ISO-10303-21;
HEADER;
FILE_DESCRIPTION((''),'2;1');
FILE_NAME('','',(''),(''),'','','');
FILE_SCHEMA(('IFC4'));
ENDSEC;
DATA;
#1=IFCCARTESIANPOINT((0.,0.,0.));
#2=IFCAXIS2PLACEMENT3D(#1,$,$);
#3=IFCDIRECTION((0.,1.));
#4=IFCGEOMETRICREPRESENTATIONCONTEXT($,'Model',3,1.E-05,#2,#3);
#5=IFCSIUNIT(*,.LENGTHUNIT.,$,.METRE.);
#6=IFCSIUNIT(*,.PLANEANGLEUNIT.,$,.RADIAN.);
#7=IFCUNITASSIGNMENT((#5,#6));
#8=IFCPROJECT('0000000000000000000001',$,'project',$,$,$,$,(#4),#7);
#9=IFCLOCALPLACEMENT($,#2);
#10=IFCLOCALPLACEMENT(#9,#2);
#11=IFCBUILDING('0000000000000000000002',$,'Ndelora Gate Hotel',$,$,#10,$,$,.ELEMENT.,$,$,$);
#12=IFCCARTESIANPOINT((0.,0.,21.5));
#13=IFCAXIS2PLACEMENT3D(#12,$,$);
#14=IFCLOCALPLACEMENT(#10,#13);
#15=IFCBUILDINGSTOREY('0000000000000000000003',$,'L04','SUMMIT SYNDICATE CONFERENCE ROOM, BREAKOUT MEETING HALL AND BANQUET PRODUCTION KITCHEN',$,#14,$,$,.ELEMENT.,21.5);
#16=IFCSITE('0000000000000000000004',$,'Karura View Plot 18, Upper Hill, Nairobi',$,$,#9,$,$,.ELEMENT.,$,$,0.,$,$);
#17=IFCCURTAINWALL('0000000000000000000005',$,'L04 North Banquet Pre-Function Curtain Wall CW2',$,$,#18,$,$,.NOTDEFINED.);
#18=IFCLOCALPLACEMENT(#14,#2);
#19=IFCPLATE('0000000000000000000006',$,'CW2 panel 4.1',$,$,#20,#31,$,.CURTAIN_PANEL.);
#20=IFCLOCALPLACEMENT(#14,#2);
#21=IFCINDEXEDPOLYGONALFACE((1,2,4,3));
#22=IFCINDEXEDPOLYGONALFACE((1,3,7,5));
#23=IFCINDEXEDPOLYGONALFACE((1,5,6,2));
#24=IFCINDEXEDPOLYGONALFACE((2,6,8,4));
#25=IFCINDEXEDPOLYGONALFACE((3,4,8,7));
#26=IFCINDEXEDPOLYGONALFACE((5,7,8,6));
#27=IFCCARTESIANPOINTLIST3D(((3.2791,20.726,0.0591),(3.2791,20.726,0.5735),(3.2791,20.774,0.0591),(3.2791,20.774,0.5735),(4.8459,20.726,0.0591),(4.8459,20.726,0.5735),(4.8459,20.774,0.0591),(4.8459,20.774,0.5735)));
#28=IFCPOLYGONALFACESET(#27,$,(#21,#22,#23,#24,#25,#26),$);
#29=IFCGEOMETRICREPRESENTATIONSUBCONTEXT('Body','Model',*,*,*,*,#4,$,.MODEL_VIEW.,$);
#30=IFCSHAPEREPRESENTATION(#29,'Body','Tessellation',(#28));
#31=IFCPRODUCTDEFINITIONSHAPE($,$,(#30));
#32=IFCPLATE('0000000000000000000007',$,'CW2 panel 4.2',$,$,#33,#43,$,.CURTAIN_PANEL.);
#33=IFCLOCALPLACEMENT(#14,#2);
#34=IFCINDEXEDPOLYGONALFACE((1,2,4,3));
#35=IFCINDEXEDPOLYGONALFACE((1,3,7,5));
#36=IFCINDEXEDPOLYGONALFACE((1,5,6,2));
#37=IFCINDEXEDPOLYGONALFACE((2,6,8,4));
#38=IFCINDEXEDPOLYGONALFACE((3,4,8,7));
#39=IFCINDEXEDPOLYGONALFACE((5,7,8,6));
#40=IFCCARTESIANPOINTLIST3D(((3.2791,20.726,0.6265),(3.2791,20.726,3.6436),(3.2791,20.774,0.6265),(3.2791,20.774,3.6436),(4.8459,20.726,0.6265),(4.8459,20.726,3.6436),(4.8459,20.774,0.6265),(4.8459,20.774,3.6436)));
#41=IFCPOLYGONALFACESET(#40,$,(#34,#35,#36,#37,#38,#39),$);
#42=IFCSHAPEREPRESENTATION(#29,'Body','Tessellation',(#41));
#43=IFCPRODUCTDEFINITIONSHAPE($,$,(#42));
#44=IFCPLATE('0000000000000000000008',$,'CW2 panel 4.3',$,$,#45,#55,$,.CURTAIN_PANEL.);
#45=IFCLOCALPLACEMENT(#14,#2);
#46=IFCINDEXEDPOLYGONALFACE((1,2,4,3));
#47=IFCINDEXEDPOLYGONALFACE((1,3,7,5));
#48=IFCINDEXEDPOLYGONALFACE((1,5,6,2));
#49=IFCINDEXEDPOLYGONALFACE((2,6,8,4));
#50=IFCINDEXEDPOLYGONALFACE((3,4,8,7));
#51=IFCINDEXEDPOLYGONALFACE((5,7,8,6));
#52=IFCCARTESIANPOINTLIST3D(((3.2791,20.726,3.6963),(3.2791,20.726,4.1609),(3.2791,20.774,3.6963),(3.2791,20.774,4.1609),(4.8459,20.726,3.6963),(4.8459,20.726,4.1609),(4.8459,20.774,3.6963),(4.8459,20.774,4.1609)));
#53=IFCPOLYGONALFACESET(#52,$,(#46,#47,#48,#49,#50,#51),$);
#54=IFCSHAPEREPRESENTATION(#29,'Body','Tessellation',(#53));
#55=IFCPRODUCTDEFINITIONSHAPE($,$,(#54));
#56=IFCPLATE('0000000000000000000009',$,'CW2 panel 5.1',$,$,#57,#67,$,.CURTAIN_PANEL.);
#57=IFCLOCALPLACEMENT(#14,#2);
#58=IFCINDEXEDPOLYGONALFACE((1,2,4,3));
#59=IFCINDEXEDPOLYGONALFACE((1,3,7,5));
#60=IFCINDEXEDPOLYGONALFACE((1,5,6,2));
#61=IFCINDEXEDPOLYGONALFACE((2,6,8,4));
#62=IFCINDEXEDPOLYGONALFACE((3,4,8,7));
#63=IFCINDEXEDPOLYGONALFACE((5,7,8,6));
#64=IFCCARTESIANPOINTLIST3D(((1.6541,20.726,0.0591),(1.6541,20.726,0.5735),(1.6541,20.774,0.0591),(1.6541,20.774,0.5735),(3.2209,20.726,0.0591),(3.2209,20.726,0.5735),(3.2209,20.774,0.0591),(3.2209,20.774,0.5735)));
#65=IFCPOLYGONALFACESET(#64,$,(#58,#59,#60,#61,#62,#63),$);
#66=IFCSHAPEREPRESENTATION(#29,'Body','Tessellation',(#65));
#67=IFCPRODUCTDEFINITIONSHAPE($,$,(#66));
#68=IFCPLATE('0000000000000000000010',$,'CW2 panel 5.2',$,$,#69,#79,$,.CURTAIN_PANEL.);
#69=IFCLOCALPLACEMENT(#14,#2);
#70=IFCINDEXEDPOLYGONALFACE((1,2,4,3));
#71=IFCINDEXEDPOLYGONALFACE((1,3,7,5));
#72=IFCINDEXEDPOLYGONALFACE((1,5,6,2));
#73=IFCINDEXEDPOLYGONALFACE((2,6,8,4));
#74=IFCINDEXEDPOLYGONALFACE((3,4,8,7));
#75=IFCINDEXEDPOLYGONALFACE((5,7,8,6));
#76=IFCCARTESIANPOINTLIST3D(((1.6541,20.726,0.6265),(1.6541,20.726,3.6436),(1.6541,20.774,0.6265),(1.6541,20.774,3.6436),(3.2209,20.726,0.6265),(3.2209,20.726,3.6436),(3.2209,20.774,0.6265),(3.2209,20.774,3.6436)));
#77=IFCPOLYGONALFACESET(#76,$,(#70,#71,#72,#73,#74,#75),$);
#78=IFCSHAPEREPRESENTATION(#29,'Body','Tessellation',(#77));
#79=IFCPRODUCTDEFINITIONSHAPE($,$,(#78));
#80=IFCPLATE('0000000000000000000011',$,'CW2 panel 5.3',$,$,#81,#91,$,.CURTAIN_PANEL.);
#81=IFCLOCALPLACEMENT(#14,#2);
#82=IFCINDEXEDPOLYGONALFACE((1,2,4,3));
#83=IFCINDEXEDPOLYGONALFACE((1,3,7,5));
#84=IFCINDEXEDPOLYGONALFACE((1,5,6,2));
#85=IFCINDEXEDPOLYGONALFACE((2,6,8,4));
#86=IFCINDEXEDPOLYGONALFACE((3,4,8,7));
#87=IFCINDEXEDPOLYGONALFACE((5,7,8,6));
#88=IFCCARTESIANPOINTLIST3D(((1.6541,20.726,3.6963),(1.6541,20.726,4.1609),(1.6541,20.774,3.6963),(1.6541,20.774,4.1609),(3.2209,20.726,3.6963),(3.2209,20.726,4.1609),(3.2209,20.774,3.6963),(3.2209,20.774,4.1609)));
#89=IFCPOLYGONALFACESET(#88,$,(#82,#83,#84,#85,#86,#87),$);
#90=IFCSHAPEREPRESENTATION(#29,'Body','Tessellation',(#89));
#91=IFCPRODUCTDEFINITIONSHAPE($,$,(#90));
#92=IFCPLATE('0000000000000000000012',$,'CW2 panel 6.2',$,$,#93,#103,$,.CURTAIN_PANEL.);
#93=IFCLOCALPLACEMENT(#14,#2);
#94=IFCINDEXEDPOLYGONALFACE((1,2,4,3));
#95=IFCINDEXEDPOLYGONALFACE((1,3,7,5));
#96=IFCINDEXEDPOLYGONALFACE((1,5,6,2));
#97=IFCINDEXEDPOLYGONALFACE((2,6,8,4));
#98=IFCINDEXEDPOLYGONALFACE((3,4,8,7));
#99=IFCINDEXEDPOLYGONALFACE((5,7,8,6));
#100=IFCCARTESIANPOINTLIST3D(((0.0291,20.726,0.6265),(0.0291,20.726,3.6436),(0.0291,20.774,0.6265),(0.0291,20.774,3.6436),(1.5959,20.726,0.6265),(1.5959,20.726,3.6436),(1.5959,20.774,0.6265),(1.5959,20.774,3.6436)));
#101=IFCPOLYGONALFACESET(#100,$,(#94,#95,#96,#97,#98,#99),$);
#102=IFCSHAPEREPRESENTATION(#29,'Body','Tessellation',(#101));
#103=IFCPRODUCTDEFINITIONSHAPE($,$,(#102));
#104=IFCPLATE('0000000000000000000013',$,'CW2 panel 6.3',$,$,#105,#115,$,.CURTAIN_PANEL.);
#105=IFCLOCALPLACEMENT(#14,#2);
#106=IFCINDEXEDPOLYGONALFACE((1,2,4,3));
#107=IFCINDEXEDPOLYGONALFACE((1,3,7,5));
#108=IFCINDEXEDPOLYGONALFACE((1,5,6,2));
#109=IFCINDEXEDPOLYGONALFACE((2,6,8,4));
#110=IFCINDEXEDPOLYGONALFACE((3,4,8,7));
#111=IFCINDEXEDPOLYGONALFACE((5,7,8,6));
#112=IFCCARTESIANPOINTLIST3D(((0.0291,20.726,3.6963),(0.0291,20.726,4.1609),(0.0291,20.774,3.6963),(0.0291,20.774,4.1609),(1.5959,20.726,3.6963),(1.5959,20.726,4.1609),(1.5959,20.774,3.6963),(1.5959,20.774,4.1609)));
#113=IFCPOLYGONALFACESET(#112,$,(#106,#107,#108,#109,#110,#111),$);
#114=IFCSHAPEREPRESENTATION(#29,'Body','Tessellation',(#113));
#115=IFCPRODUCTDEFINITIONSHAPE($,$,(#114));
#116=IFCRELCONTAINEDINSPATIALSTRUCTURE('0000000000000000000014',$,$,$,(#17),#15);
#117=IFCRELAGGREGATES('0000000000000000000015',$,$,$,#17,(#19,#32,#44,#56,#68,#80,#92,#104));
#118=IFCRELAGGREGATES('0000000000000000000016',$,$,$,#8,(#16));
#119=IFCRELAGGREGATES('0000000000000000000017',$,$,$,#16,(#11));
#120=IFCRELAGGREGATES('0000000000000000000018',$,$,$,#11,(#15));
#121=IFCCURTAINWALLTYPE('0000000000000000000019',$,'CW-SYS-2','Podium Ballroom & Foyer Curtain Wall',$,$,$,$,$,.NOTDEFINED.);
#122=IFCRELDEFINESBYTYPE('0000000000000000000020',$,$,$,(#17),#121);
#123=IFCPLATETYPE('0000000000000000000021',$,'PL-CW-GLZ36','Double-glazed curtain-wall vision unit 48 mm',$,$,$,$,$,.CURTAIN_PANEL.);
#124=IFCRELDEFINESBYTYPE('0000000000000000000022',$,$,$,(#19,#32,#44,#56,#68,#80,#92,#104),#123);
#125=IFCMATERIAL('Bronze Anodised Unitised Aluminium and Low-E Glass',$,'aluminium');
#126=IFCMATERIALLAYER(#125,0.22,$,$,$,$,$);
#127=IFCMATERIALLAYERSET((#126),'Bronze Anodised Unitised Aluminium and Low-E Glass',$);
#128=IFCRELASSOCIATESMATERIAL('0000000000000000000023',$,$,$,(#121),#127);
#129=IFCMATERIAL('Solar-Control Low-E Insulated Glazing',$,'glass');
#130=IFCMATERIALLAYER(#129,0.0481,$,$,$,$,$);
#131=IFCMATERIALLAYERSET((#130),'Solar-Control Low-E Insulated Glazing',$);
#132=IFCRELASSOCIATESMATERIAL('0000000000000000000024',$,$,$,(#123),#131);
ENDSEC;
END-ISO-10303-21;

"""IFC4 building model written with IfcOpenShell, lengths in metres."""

from ifc_helpers import new_model, si_unit, direction, frame, origin, origin_2d, place, context, subcontext, project, spatial, rectangle, extrude, material, layer, layer_set, type_object, element, aggregate, save


model = new_model("IFC4")

# Units and contexts
model_context = context("Model", 3, precision=1e-05, world=origin(), true_north=direction((0.0, 1.0)))
body_context = subcontext(model_context, "Body", "Model", "MODEL_VIEW")
ifc_project = project(units=[si_unit("LENGTHUNIT", "METRE"), si_unit("PLANEANGLEUNIT", "RADIAN")], contexts=[model_context])

# Site, building, storey
site_placement = place(None, origin())
site = spatial("IfcSite", under=ifc_project, at=site_placement, Name="Karura View Plot 18, Upper Hill, Nairobi", CompositionType="ELEMENT", RefElevation=0.0)
building_placement = place(site_placement, origin())
building = spatial("IfcBuilding", under=site, at=building_placement, Name="Ndelora Gate Hotel", CompositionType="ELEMENT")
storey_placement = place(building_placement, frame((0.0, 0.0, 21.5)))
storey = spatial("IfcBuildingStorey", under=building, at=storey_placement, Name="L04", Description="SUMMIT SYNDICATE CONFERENCE ROOM, BREAKOUT MEETING HALL AND BANQUET PRODUCTION KITCHEN", CompositionType="ELEMENT", Elevation=21.5)

# Curtain wall, plates
ifc_material_1 = material(Name="Bronze Anodised Unitised Aluminium and Low-E Glass", Category="aluminium")
ifc_layer_1 = layer(ifc_material_1, 0.22)
ifc_layer_set_1 = layer_set([ifc_layer_1], Name="Bronze Anodised Unitised Aluminium and Low-E Glass")
curtain_wall_type = type_object("IfcCurtainWallType", Name="CW-SYS-2", Description="Podium Ballroom & Foyer Curtain Wall", PredefinedType="NOTDEFINED", material=ifc_layer_set_1)
curtain_wall_placement = place(storey_placement, origin())
curtain_wall = element("IfcCurtainWall", 1, at=curtain_wall_placement, inside=storey, type_object=curtain_wall_type, Name="L04 North Banquet Pre-Function Curtain Wall CW2", PredefinedType="NOTDEFINED")
ifc_material_2 = material(Name="Solar-Control Low-E Insulated Glazing", Category="glass")
ifc_layer_2 = layer(ifc_material_2, 0.0481)
ifc_layer_set_2 = layer_set([ifc_layer_2], Name="Solar-Control Low-E Insulated Glazing")
plate_type = type_object("IfcPlateType", Name="PL-CW-GLZ36", Description="Double-glazed curtain-wall vision unit 48 mm", PredefinedType="CURTAIN_PANEL", material=ifc_layer_set_2)
plate_1_placement = place(storey_placement, frame((4.0625, 20.75, 0.0591), z_axis=(0.0, 0.0, 1.0), x_axis=(-1.0, 0.0, 0.0)))
plate_1 = element("IfcPlate", 2, at=plate_1_placement, type_object=plate_type, Name="CW2 panel 4.1", PredefinedType="CURTAIN_PANEL", context=body_context, shape_type="SweptSolid", body=[
    extrude(rectangle(XDim=1.5669, YDim=0.0481, at=origin_2d()), origin(), (0.0, 0.0, 1.0), 0.5144),
])
plate_2_placement = place(storey_placement, frame((4.0625, 20.75, 0.6265), z_axis=(0.0, 0.0, 1.0), x_axis=(-1.0, 0.0, 0.0)))
plate_2 = element("IfcPlate", 3, at=plate_2_placement, type_object=plate_type, Name="CW2 panel 4.2", PredefinedType="CURTAIN_PANEL", context=body_context, shape_type="SweptSolid", body=[
    extrude(rectangle(XDim=1.5669, YDim=0.0481, at=origin_2d()), origin(), (0.0, 0.0, 1.0), 3.0171),
])
plate_3_placement = place(storey_placement, frame((4.0625, 20.75, 3.6963), z_axis=(0.0, 0.0, 1.0), x_axis=(-1.0, 0.0, 0.0)))
plate_3 = element("IfcPlate", 4, at=plate_3_placement, type_object=plate_type, Name="CW2 panel 4.3", PredefinedType="CURTAIN_PANEL", context=body_context, shape_type="SweptSolid", body=[
    extrude(rectangle(XDim=1.5669, YDim=0.0481, at=origin_2d()), origin(), (0.0, 0.0, 1.0), 0.4646),
])
plate_4_placement = place(storey_placement, frame((2.4375, 20.75, 0.0591), z_axis=(0.0, 0.0, 1.0), x_axis=(-1.0, 0.0, 0.0)))
plate_4 = element("IfcPlate", 5, at=plate_4_placement, type_object=plate_type, Name="CW2 panel 5.1", PredefinedType="CURTAIN_PANEL", context=body_context, shape_type="SweptSolid", body=[
    extrude(rectangle(XDim=1.5669, YDim=0.0481, at=origin_2d()), origin(), (0.0, 0.0, 1.0), 0.5144),
])
plate_5_placement = place(storey_placement, frame((2.4375, 20.75, 0.6265), z_axis=(0.0, 0.0, 1.0), x_axis=(-1.0, 0.0, 0.0)))
plate_5 = element("IfcPlate", 6, at=plate_5_placement, type_object=plate_type, Name="CW2 panel 5.2", PredefinedType="CURTAIN_PANEL", context=body_context, shape_type="SweptSolid", body=[
    extrude(rectangle(XDim=1.5669, YDim=0.0481, at=origin_2d()), origin(), (0.0, 0.0, 1.0), 3.0171),
])
plate_6_placement = place(storey_placement, frame((2.4375, 20.75, 3.6963), z_axis=(0.0, 0.0, 1.0), x_axis=(-1.0, 0.0, 0.0)))
plate_6 = element("IfcPlate", 7, at=plate_6_placement, type_object=plate_type, Name="CW2 panel 5.3", PredefinedType="CURTAIN_PANEL", context=body_context, shape_type="SweptSolid", body=[
    extrude(rectangle(XDim=1.5669, YDim=0.0481, at=origin_2d()), origin(), (0.0, 0.0, 1.0), 0.4646),
])
plate_7_placement = place(storey_placement, frame((0.8125, 20.75, 0.6265), z_axis=(0.0, 0.0, 1.0), x_axis=(-1.0, 0.0, 0.0)))
plate_7 = element("IfcPlate", 8, at=plate_7_placement, type_object=plate_type, Name="CW2 panel 6.2", PredefinedType="CURTAIN_PANEL", context=body_context, shape_type="SweptSolid", body=[
    extrude(rectangle(XDim=1.5669, YDim=0.0481, at=origin_2d()), origin(), (0.0, 0.0, 1.0), 3.0171),
])
plate_8_placement = place(storey_placement, frame((0.8125, 20.75, 3.6963), z_axis=(0.0, 0.0, 1.0), x_axis=(-1.0, 0.0, 0.0)))
plate_8 = element("IfcPlate", 9, at=plate_8_placement, type_object=plate_type, Name="CW2 panel 6.3", PredefinedType="CURTAIN_PANEL", context=body_context, shape_type="SweptSolid", body=[
    extrude(rectangle(XDim=1.5669, YDim=0.0481, at=origin_2d()), origin(), (0.0, 0.0, 1.0), 0.4646),
])
aggregate(curtain_wall, [plate_1, plate_2, plate_3, plate_4, plate_5, plate_6, plate_7, plate_8])

save(model, "model.ifc")
